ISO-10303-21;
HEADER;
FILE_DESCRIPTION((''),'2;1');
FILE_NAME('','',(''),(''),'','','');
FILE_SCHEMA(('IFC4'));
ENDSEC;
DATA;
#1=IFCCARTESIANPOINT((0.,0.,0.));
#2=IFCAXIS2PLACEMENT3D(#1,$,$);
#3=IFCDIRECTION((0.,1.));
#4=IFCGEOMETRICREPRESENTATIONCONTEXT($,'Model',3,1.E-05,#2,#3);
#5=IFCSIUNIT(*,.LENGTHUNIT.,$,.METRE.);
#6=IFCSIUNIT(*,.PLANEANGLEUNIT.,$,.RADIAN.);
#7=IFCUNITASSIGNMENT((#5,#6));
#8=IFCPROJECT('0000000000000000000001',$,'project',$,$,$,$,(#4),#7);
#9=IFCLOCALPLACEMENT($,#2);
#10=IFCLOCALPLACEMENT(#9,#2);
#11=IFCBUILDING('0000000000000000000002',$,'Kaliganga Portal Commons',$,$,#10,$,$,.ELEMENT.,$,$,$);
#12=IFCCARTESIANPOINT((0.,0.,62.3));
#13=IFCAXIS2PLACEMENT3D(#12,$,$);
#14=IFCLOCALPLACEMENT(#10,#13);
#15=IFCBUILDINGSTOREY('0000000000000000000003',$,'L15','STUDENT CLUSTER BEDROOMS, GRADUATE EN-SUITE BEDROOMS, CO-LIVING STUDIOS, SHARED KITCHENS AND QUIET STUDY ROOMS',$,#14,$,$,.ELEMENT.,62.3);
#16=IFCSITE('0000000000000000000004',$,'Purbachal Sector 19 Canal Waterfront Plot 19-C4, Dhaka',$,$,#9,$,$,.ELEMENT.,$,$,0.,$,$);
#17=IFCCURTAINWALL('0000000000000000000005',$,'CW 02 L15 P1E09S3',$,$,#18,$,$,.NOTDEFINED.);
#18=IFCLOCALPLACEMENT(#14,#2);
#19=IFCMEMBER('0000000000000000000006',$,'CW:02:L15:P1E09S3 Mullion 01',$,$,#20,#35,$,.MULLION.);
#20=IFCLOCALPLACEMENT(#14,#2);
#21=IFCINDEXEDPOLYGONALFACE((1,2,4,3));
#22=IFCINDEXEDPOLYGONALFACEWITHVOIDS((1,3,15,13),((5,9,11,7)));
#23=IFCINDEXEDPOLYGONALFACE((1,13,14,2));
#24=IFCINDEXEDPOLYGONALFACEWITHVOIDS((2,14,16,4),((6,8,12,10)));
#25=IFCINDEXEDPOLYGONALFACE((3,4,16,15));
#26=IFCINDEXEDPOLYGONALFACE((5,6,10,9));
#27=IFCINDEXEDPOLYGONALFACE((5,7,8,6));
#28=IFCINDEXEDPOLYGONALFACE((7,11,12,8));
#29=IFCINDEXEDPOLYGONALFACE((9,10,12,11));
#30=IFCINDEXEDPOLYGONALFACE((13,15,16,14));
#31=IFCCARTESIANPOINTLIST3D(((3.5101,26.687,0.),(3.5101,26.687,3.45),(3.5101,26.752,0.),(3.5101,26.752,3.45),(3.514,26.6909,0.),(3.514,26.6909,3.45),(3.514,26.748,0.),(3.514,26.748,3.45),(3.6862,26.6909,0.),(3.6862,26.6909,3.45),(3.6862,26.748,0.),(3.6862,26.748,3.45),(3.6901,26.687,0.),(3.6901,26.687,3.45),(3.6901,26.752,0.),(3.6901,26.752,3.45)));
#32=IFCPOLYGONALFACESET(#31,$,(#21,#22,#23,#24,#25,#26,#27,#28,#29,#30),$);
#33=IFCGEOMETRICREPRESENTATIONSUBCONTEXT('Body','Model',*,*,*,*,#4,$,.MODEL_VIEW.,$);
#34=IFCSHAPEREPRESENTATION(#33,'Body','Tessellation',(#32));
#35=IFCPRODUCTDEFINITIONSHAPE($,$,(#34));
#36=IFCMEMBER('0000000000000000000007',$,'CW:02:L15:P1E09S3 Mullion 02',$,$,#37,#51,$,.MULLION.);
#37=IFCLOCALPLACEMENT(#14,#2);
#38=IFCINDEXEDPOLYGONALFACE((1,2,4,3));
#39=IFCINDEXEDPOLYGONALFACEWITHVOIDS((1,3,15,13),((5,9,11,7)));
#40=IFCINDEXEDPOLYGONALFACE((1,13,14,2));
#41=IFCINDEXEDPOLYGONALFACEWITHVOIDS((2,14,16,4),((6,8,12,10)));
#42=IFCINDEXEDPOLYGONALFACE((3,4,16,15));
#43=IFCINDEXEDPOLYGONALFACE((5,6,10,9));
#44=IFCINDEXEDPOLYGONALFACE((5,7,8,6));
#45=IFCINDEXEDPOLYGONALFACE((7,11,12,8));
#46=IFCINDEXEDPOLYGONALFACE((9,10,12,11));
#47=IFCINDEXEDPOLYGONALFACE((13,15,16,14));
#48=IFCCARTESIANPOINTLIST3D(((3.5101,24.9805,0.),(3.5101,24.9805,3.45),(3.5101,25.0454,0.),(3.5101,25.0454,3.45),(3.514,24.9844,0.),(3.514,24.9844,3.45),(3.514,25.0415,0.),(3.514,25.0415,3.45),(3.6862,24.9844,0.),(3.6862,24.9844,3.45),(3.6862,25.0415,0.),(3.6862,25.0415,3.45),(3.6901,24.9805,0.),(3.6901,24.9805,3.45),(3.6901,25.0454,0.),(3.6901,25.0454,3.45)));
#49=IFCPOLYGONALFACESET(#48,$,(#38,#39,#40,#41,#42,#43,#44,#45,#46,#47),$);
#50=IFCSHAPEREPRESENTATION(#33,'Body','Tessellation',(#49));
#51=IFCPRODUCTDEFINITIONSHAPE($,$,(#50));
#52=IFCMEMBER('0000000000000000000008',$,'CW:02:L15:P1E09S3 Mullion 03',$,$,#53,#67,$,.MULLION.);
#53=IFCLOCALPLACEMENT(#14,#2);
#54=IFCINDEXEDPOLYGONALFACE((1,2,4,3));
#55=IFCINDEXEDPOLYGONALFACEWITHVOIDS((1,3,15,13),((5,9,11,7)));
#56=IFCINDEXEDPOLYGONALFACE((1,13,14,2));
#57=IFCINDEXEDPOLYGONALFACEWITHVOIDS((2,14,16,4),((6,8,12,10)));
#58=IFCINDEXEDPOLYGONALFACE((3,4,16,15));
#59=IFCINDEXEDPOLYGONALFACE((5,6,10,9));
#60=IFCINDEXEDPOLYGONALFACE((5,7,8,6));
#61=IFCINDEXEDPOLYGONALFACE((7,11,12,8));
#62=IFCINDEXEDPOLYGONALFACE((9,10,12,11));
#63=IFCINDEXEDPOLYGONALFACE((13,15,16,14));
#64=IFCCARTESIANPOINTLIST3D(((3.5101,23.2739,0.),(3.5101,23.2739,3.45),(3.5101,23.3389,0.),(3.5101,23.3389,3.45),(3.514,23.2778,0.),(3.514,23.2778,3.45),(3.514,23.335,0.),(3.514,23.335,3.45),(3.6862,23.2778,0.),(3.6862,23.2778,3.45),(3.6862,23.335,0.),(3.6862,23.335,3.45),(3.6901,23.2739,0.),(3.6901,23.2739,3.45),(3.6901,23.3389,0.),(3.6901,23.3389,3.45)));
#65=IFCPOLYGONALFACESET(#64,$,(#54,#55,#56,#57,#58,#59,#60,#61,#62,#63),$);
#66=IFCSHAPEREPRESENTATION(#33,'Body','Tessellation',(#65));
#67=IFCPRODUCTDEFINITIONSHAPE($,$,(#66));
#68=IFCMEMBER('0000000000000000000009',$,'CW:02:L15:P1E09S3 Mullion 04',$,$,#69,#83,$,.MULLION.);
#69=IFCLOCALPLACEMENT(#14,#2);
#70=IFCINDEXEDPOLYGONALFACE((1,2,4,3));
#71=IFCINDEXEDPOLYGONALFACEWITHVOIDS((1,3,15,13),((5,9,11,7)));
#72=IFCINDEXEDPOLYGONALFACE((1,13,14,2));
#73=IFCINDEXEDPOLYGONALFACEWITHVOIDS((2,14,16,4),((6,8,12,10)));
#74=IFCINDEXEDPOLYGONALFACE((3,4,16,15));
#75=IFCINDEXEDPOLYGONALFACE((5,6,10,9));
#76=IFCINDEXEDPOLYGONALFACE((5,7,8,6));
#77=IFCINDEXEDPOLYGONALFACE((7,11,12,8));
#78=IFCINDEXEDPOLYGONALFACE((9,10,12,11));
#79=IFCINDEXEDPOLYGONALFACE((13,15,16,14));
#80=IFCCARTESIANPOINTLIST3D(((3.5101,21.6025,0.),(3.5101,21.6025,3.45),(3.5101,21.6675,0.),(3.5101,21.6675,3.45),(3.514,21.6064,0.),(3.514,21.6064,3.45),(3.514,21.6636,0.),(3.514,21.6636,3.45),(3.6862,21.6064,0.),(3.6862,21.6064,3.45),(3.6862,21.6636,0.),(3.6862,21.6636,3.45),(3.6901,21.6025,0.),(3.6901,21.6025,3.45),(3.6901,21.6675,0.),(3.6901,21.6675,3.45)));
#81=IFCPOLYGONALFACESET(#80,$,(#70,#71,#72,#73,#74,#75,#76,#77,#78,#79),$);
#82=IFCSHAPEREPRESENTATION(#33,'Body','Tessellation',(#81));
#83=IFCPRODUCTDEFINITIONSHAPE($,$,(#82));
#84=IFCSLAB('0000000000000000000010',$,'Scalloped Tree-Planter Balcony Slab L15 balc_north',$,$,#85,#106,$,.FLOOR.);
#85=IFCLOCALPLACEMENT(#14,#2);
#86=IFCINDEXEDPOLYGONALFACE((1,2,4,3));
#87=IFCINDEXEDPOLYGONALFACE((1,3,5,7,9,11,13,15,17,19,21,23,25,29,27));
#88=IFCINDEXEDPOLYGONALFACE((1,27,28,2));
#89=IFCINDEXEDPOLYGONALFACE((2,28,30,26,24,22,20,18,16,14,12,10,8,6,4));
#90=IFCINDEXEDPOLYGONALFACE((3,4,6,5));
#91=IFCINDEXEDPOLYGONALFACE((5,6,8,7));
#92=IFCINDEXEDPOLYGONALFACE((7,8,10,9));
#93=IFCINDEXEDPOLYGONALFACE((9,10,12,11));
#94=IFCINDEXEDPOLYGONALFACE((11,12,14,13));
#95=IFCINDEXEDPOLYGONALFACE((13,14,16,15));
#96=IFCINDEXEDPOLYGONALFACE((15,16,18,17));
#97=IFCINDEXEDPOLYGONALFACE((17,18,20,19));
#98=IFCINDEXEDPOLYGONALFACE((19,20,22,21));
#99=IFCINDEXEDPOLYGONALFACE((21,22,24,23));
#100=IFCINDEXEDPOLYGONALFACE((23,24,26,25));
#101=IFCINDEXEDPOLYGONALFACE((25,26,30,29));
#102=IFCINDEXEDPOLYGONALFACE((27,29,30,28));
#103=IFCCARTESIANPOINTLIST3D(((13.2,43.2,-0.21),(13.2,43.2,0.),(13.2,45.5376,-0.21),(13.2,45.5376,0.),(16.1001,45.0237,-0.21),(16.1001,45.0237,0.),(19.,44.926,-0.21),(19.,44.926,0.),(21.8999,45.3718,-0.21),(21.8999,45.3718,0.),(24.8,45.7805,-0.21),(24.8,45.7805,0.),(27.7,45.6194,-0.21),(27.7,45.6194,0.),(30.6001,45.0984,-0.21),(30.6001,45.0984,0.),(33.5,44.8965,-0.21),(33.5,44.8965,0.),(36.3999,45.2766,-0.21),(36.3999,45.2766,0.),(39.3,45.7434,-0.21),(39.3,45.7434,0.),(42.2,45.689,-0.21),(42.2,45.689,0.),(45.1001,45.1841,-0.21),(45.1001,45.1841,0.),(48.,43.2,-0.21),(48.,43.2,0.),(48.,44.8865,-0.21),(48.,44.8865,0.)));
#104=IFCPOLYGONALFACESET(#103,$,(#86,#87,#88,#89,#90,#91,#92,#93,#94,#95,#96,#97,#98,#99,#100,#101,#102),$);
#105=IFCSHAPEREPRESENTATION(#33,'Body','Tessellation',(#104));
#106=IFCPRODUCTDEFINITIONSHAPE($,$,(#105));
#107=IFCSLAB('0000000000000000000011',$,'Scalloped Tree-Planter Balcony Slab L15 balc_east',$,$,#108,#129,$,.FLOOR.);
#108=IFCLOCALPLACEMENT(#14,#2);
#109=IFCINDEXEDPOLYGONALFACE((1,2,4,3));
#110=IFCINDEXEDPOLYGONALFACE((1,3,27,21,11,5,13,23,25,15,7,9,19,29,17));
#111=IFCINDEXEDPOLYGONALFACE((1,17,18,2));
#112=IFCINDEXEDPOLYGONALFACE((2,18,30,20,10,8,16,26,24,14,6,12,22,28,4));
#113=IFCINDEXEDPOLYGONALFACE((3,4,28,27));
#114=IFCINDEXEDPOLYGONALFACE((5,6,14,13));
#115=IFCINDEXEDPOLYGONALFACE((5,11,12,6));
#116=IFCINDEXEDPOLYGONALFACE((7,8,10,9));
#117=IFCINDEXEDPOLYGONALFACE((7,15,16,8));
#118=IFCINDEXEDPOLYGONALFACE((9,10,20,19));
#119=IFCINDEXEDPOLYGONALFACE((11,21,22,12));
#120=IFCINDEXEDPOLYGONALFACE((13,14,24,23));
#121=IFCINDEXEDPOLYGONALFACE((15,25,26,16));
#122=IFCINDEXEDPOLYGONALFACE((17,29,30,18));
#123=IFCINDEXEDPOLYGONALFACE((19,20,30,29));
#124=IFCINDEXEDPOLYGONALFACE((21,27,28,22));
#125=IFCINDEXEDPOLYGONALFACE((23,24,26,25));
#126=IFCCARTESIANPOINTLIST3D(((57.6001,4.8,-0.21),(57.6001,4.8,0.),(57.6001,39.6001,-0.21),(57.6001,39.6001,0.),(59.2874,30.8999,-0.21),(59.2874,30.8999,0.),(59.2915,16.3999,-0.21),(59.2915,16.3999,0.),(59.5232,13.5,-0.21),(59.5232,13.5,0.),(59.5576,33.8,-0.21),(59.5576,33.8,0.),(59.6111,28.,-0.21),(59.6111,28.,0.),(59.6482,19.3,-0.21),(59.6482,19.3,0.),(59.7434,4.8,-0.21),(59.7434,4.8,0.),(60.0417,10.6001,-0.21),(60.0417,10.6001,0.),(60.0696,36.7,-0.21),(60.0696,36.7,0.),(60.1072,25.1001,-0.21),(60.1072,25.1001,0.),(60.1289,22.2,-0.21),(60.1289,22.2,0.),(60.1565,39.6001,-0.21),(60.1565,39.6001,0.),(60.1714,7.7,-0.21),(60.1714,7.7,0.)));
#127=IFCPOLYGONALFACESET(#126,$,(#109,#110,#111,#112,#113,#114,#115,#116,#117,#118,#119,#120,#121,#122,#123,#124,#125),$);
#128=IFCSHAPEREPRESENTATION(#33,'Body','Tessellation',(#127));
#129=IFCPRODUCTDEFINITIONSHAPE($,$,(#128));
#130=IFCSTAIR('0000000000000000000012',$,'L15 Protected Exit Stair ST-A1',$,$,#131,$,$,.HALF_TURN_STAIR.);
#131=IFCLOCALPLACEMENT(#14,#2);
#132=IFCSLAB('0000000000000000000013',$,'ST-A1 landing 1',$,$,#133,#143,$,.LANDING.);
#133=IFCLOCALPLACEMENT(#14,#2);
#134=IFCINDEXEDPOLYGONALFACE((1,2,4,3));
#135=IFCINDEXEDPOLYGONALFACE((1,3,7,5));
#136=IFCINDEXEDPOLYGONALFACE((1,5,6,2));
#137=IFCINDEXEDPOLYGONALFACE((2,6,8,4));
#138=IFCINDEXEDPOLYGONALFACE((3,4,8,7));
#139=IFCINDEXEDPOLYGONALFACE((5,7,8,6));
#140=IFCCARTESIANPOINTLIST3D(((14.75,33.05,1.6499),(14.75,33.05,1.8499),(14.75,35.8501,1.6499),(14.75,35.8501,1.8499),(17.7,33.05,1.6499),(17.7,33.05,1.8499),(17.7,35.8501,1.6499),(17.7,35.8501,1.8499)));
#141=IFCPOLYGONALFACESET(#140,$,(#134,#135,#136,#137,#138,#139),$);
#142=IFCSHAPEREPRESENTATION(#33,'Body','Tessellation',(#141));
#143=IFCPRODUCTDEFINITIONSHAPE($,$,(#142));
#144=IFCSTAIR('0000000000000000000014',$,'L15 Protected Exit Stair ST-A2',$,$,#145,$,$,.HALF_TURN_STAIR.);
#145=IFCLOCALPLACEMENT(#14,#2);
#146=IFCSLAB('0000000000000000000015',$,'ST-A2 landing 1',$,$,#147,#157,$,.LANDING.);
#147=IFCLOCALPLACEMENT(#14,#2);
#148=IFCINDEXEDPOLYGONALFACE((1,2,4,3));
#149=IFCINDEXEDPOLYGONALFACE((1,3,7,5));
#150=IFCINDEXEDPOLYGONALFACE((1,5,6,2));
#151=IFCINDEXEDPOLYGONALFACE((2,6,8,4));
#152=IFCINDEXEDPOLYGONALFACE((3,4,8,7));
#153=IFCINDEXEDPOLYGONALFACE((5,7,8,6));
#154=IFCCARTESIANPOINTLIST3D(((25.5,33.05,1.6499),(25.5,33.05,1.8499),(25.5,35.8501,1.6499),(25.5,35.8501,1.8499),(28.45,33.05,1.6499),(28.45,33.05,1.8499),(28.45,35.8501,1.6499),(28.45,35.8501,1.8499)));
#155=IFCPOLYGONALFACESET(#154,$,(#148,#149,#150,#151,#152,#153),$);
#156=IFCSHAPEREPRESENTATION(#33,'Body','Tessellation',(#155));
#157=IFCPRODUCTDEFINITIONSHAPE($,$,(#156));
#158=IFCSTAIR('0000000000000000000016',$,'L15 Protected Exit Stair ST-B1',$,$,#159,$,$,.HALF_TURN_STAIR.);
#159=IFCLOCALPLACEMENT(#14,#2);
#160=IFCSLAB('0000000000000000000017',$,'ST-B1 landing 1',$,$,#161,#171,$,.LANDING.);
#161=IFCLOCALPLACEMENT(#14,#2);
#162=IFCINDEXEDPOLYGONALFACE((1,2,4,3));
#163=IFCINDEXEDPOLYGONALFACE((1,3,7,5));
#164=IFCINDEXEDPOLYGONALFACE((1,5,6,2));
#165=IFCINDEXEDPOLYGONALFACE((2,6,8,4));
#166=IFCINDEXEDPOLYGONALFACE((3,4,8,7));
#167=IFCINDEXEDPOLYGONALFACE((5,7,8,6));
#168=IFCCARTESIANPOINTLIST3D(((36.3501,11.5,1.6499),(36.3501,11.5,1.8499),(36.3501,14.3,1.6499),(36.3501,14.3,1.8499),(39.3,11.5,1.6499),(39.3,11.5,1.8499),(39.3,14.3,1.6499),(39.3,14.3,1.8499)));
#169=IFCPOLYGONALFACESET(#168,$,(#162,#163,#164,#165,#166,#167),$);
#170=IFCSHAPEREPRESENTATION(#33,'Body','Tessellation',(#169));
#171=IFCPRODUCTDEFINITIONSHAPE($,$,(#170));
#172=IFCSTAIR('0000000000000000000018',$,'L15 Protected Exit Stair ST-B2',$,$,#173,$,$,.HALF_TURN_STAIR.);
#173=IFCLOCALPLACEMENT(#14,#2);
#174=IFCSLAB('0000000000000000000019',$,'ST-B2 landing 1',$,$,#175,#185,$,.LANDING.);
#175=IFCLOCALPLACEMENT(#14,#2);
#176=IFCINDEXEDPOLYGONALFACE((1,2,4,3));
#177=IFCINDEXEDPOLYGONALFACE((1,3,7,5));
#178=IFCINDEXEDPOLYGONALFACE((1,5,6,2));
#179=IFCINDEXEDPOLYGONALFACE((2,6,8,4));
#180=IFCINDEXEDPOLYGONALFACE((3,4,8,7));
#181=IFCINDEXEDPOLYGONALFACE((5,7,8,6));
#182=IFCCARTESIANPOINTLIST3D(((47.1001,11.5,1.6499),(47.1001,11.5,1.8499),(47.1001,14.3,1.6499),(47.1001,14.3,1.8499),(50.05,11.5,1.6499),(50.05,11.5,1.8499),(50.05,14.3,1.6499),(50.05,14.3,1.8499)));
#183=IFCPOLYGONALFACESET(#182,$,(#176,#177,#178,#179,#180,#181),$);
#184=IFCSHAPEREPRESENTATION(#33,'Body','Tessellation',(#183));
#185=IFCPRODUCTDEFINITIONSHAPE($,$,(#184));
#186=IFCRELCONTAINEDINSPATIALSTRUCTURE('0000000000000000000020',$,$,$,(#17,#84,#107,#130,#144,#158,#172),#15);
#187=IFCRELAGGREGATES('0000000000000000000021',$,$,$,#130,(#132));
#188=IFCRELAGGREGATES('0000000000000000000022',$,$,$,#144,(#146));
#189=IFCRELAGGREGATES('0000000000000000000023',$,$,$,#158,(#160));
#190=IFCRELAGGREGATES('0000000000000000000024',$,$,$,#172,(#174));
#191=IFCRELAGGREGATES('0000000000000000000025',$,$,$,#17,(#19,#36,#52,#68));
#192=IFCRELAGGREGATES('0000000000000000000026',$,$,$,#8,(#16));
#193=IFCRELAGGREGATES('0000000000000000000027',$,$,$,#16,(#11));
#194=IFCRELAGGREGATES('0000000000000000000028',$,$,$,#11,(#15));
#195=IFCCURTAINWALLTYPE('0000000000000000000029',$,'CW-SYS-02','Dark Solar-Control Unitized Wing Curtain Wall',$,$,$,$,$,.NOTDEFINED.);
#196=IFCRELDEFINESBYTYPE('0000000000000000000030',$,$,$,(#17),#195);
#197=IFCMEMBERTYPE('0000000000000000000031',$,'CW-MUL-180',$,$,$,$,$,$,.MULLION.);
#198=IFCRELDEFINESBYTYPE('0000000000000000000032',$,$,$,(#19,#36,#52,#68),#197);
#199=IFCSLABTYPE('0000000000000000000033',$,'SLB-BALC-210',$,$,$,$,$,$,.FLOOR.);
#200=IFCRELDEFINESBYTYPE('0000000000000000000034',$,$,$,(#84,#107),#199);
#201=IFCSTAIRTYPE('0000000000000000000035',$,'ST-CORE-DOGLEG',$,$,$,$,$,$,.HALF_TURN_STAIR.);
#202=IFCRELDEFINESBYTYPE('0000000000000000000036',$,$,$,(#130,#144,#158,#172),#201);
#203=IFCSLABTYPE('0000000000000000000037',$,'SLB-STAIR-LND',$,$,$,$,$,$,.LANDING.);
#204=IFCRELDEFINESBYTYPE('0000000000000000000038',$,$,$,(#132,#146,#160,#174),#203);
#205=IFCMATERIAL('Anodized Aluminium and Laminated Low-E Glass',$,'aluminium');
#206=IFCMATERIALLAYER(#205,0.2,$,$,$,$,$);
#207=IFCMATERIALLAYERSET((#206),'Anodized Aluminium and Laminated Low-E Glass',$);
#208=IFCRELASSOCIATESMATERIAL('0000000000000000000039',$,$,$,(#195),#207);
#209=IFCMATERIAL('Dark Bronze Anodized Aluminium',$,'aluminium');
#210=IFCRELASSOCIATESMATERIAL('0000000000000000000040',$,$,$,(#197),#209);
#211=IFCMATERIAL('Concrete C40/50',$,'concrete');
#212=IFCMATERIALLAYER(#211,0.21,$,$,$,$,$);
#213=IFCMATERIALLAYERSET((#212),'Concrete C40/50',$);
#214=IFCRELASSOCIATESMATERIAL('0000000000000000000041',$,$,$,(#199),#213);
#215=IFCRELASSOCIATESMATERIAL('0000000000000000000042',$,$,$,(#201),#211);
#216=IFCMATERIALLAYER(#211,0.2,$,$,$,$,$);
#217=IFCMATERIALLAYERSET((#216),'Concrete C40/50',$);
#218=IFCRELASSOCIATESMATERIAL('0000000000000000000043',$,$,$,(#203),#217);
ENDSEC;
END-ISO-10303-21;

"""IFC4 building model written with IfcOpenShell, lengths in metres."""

from ifc_helpers import new_model, si_unit, direction, frame, origin, origin_2d, place, context, subcontext, project, spatial, polyline, hollow_rectangle, outline, extrude, source, transform, mapped, material, layer, layer_set, material_profile, profile_set, type_object, element, aggregate, save


model = new_model("IFC4")

# Units and contexts
model_context = context("Model", 3, precision=1e-05, world=origin(), true_north=direction((0.0, 1.0)))
body_context = subcontext(model_context, "Body", "Model", "MODEL_VIEW")
ifc_project = project(units=[si_unit("LENGTHUNIT", "METRE"), si_unit("PLANEANGLEUNIT", "RADIAN")], contexts=[model_context])

# Site, building, storey
site_placement = place(None, origin())
site = spatial("IfcSite", under=ifc_project, at=site_placement, Name="Purbachal Sector 19 Canal Waterfront Plot 19-C4, Dhaka", CompositionType="ELEMENT", RefElevation=0.0)
building_placement = place(site_placement, origin())
building = spatial("IfcBuilding", under=site, at=building_placement, Name="Kaliganga Portal Commons", CompositionType="ELEMENT")
storey_placement = place(building_placement, frame((0.0, 0.0, 62.3)))
storey = spatial("IfcBuildingStorey", under=building, at=storey_placement, Name="L15", Description="STUDENT CLUSTER BEDROOMS, GRADUATE EN-SUITE BEDROOMS, CO-LIVING STUDIOS, SHARED KITCHENS AND QUIET STUDY ROOMS", CompositionType="ELEMENT", Elevation=62.3)

# Curtain wall, members
ifc_material_1 = material(Name="Anodized Aluminium and Laminated Low-E Glass", Category="aluminium")
ifc_layer_1 = layer(ifc_material_1, 0.2)
ifc_layer_set_1 = layer_set([ifc_layer_1], Name="Anodized Aluminium and Laminated Low-E Glass")
curtain_wall_type = type_object("IfcCurtainWallType", Name="CW-SYS-02", Description="Dark Solar-Control Unitized Wing Curtain Wall", PredefinedType="NOTDEFINED", material=ifc_layer_set_1)
curtain_wall_placement = place(storey_placement, origin())
curtain_wall = element("IfcCurtainWall", 1, at=curtain_wall_placement, inside=storey, type_object=curtain_wall_type, Name="CW 02 L15 P1E09S3", PredefinedType="NOTDEFINED")
ifc_material_2 = material(Name="Dark Bronze Anodized Aluminium", Category="aluminium")
ifc_material_profile = material_profile(ifc_material_2, hollow_rectangle(XDim=0.0649, YDim=0.1799, WallThickness=0.0039, at=origin_2d()), Name="ALU MULL 65x180x4")
ifc_profile_set = profile_set([ifc_material_profile], Name="Dark Bronze Anodized Aluminium")
member_type = type_object("IfcMemberType", Name="CW-MUL-180", PredefinedType="MULLION", material=ifc_profile_set)
shared_shape_1 = source(origin(), body_context, "Body", "SweptSolid", [
    extrude(hollow_rectangle(XDim=0.0649, YDim=0.1799, WallThickness=0.0039, at=origin_2d()), origin(), (0.0, 0.0, 1.0), 3.45),
])
member_1_placement = place(storey_placement, frame((3.6001, 26.7195, 0.0), z_axis=(0.0, 0.0, 1.0), x_axis=(0.0, -1.0, 0.0)))
member_1 = element("IfcMember", 2, at=member_1_placement, type_object=member_type, Name="CW:02:L15:P1E09S3 Mullion 01", PredefinedType="MULLION", context=body_context, shape_type="MappedRepresentation", body=[
    mapped(shared_shape_1, transform((0.0, 0.0, 0.0), x_axis=(1.0, 0.0, 0.0), y_axis=(0.0, 1.0, 0.0), z_axis=(0.0, 0.0, 1.0), scale=1.0)),
])
member_2_placement = place(storey_placement, frame((3.6001, 25.0129, 0.0), z_axis=(0.0, 0.0, 1.0), x_axis=(0.0, -1.0, 0.0)))
member_2 = element("IfcMember", 3, at=member_2_placement, type_object=member_type, Name="CW:02:L15:P1E09S3 Mullion 02", PredefinedType="MULLION", context=body_context, shape_type="MappedRepresentation", body=[
    mapped(shared_shape_1, transform((0.0, 0.0, 0.0), x_axis=(1.0, 0.0, 0.0), y_axis=(0.0, 1.0, 0.0), z_axis=(0.0, 0.0, 1.0), scale=1.0)),
])
member_3_placement = place(storey_placement, frame((3.6001, 23.3064, 0.0), z_axis=(0.0, 0.0, 1.0), x_axis=(0.0, -1.0, 0.0)))
member_3 = element("IfcMember", 4, at=member_3_placement, type_object=member_type, Name="CW:02:L15:P1E09S3 Mullion 03", PredefinedType="MULLION", context=body_context, shape_type="MappedRepresentation", body=[
    mapped(shared_shape_1, transform((0.0, 0.0, 0.0), x_axis=(1.0, 0.0, 0.0), y_axis=(0.0, 1.0, 0.0), z_axis=(0.0, 0.0, 1.0), scale=1.0)),
])
member_4_placement = place(storey_placement, frame((3.6001, 21.635, 0.0), z_axis=(0.0, 0.0, 1.0), x_axis=(0.0, -1.0, 0.0)))
member_4 = element("IfcMember", 5, at=member_4_placement, type_object=member_type, Name="CW:02:L15:P1E09S3 Mullion 04", PredefinedType="MULLION", context=body_context, shape_type="MappedRepresentation", body=[
    mapped(shared_shape_1, transform((0.0, 0.0, 0.0), x_axis=(1.0, 0.0, 0.0), y_axis=(0.0, 1.0, 0.0), z_axis=(0.0, 0.0, 1.0), scale=1.0)),
])

# Slabs
ifc_material_3 = material(Name="Concrete C40/50", Category="concrete")
ifc_layer_2 = layer(ifc_material_3, 0.21)
ifc_layer_set_2 = layer_set([ifc_layer_2], Name="Concrete C40/50")
slab_type_1 = type_object("IfcSlabType", Name="SLB-BALC-210", PredefinedType="FLOOR", material=ifc_layer_set_2)
slab_1_placement = place(storey_placement, frame((0.0, 0.0, -0.21)))
element("IfcSlab", 6, at=slab_1_placement, inside=storey, type_object=slab_type_1, Name="Scalloped Tree-Planter Balcony Slab L15 balc_north", PredefinedType="FLOOR", context=body_context, shape_type="SweptSolid", body=[
    extrude(outline(polyline([(48.0, 43.2), (48.0, 44.8865), (45.1001, 45.1841), (42.2, 45.689), (39.3, 45.7434), (36.3999, 45.2766), (33.5, 44.8965), (30.6001, 45.0984), (27.7, 45.6194), (24.8, 45.7805), (21.8999, 45.3718), (19.0, 44.926), (16.1001, 45.0237), (13.2, 45.5376), (13.2, 43.2), (48.0, 43.2)])), origin(), (0.0, 0.0, 1.0), 0.21),
])
slab_2_placement = place(storey_placement, frame((0.0, 0.0, -0.21)))
element("IfcSlab", 7, at=slab_2_placement, inside=storey, type_object=slab_type_1, Name="Scalloped Tree-Planter Balcony Slab L15 balc_east", PredefinedType="FLOOR", context=body_context, shape_type="SweptSolid", body=[
    extrude(outline(polyline([(57.6001, 4.8), (59.7434, 4.8), (60.1714, 7.7), (60.0417, 10.6001), (59.5232, 13.5), (59.2915, 16.3999), (59.6482, 19.3), (60.1289, 22.2), (60.1072, 25.1001), (59.6111, 28.0), (59.2874, 30.8999), (59.5576, 33.8), (60.0696, 36.7), (60.1565, 39.6001), (57.6001, 39.6001), (57.6001, 4.8)])), origin(), (0.0, 0.0, 1.0), 0.21),
])

# Stairs, slabs
stair_type = type_object("IfcStairType", Name="ST-CORE-DOGLEG", PredefinedType="HALF_TURN_STAIR", material=ifc_material_3)
stair_1_placement = place(storey_placement, origin())
stair_1 = element("IfcStair", 8, at=stair_1_placement, inside=storey, type_object=stair_type, Name="L15 Protected Exit Stair ST-A1", PredefinedType="HALF_TURN_STAIR")
ifc_layer_3 = layer(ifc_material_3, 0.2)
ifc_layer_set_3 = layer_set([ifc_layer_3], Name="Concrete C40/50")
slab_type_2 = type_object("IfcSlabType", Name="SLB-STAIR-LND", PredefinedType="LANDING", material=ifc_layer_set_3)
slab_3_placement = place(storey_placement, frame((0.0, 0.0, 1.6499)))
slab_3 = element("IfcSlab", 9, at=slab_3_placement, type_object=slab_type_2, Name="ST-A1 landing 1", PredefinedType="LANDING", context=body_context, shape_type="SweptSolid", body=[
    extrude(outline(polyline([(17.7, 33.05), (17.7, 35.8501), (14.75, 35.8501), (14.75, 33.05), (17.7, 33.05)])), origin(), (0.0, 0.0, 1.0), 0.2),
])
aggregate(stair_1, [slab_3])
stair_2_placement = place(storey_placement, origin())
stair_2 = element("IfcStair", 10, at=stair_2_placement, inside=storey, type_object=stair_type, Name="L15 Protected Exit Stair ST-A2", PredefinedType="HALF_TURN_STAIR")
slab_4_placement = place(storey_placement, frame((0.0, 0.0, 1.6499)))
slab_4 = element("IfcSlab", 11, at=slab_4_placement, type_object=slab_type_2, Name="ST-A2 landing 1", PredefinedType="LANDING", context=body_context, shape_type="SweptSolid", body=[
    extrude(outline(polyline([(28.45, 33.05), (28.45, 35.8501), (25.5, 35.8501), (25.5, 33.05), (28.45, 33.05)])), origin(), (0.0, 0.0, 1.0), 0.2),
])
aggregate(stair_2, [slab_4])
stair_3_placement = place(storey_placement, origin())
stair_3 = element("IfcStair", 12, at=stair_3_placement, inside=storey, type_object=stair_type, Name="L15 Protected Exit Stair ST-B1", PredefinedType="HALF_TURN_STAIR")
slab_5_placement = place(storey_placement, frame((0.0, 0.0, 1.6499)))
slab_5 = element("IfcSlab", 13, at=slab_5_placement, type_object=slab_type_2, Name="ST-B1 landing 1", PredefinedType="LANDING", context=body_context, shape_type="SweptSolid", body=[
    extrude(outline(polyline([(39.3, 11.5), (39.3, 14.3), (36.3501, 14.3), (36.3501, 11.5), (39.3, 11.5)])), origin(), (0.0, 0.0, 1.0), 0.2),
])
aggregate(stair_3, [slab_5])
stair_4_placement = place(storey_placement, origin())
stair_4 = element("IfcStair", 14, at=stair_4_placement, inside=storey, type_object=stair_type, Name="L15 Protected Exit Stair ST-B2", PredefinedType="HALF_TURN_STAIR")
slab_6_placement = place(storey_placement, frame((0.0, 0.0, 1.6499)))
slab_6 = element("IfcSlab", 15, at=slab_6_placement, type_object=slab_type_2, Name="ST-B2 landing 1", PredefinedType="LANDING", context=body_context, shape_type="SweptSolid", body=[
    extrude(outline(polyline([(50.05, 11.5), (50.05, 14.3), (47.1001, 14.3), (47.1001, 11.5), (50.05, 11.5)])), origin(), (0.0, 0.0, 1.0), 0.2),
])
aggregate(stair_4, [slab_6])

aggregate(curtain_wall, [member_1, member_2, member_3, member_4])

save(model, "model.ifc")
